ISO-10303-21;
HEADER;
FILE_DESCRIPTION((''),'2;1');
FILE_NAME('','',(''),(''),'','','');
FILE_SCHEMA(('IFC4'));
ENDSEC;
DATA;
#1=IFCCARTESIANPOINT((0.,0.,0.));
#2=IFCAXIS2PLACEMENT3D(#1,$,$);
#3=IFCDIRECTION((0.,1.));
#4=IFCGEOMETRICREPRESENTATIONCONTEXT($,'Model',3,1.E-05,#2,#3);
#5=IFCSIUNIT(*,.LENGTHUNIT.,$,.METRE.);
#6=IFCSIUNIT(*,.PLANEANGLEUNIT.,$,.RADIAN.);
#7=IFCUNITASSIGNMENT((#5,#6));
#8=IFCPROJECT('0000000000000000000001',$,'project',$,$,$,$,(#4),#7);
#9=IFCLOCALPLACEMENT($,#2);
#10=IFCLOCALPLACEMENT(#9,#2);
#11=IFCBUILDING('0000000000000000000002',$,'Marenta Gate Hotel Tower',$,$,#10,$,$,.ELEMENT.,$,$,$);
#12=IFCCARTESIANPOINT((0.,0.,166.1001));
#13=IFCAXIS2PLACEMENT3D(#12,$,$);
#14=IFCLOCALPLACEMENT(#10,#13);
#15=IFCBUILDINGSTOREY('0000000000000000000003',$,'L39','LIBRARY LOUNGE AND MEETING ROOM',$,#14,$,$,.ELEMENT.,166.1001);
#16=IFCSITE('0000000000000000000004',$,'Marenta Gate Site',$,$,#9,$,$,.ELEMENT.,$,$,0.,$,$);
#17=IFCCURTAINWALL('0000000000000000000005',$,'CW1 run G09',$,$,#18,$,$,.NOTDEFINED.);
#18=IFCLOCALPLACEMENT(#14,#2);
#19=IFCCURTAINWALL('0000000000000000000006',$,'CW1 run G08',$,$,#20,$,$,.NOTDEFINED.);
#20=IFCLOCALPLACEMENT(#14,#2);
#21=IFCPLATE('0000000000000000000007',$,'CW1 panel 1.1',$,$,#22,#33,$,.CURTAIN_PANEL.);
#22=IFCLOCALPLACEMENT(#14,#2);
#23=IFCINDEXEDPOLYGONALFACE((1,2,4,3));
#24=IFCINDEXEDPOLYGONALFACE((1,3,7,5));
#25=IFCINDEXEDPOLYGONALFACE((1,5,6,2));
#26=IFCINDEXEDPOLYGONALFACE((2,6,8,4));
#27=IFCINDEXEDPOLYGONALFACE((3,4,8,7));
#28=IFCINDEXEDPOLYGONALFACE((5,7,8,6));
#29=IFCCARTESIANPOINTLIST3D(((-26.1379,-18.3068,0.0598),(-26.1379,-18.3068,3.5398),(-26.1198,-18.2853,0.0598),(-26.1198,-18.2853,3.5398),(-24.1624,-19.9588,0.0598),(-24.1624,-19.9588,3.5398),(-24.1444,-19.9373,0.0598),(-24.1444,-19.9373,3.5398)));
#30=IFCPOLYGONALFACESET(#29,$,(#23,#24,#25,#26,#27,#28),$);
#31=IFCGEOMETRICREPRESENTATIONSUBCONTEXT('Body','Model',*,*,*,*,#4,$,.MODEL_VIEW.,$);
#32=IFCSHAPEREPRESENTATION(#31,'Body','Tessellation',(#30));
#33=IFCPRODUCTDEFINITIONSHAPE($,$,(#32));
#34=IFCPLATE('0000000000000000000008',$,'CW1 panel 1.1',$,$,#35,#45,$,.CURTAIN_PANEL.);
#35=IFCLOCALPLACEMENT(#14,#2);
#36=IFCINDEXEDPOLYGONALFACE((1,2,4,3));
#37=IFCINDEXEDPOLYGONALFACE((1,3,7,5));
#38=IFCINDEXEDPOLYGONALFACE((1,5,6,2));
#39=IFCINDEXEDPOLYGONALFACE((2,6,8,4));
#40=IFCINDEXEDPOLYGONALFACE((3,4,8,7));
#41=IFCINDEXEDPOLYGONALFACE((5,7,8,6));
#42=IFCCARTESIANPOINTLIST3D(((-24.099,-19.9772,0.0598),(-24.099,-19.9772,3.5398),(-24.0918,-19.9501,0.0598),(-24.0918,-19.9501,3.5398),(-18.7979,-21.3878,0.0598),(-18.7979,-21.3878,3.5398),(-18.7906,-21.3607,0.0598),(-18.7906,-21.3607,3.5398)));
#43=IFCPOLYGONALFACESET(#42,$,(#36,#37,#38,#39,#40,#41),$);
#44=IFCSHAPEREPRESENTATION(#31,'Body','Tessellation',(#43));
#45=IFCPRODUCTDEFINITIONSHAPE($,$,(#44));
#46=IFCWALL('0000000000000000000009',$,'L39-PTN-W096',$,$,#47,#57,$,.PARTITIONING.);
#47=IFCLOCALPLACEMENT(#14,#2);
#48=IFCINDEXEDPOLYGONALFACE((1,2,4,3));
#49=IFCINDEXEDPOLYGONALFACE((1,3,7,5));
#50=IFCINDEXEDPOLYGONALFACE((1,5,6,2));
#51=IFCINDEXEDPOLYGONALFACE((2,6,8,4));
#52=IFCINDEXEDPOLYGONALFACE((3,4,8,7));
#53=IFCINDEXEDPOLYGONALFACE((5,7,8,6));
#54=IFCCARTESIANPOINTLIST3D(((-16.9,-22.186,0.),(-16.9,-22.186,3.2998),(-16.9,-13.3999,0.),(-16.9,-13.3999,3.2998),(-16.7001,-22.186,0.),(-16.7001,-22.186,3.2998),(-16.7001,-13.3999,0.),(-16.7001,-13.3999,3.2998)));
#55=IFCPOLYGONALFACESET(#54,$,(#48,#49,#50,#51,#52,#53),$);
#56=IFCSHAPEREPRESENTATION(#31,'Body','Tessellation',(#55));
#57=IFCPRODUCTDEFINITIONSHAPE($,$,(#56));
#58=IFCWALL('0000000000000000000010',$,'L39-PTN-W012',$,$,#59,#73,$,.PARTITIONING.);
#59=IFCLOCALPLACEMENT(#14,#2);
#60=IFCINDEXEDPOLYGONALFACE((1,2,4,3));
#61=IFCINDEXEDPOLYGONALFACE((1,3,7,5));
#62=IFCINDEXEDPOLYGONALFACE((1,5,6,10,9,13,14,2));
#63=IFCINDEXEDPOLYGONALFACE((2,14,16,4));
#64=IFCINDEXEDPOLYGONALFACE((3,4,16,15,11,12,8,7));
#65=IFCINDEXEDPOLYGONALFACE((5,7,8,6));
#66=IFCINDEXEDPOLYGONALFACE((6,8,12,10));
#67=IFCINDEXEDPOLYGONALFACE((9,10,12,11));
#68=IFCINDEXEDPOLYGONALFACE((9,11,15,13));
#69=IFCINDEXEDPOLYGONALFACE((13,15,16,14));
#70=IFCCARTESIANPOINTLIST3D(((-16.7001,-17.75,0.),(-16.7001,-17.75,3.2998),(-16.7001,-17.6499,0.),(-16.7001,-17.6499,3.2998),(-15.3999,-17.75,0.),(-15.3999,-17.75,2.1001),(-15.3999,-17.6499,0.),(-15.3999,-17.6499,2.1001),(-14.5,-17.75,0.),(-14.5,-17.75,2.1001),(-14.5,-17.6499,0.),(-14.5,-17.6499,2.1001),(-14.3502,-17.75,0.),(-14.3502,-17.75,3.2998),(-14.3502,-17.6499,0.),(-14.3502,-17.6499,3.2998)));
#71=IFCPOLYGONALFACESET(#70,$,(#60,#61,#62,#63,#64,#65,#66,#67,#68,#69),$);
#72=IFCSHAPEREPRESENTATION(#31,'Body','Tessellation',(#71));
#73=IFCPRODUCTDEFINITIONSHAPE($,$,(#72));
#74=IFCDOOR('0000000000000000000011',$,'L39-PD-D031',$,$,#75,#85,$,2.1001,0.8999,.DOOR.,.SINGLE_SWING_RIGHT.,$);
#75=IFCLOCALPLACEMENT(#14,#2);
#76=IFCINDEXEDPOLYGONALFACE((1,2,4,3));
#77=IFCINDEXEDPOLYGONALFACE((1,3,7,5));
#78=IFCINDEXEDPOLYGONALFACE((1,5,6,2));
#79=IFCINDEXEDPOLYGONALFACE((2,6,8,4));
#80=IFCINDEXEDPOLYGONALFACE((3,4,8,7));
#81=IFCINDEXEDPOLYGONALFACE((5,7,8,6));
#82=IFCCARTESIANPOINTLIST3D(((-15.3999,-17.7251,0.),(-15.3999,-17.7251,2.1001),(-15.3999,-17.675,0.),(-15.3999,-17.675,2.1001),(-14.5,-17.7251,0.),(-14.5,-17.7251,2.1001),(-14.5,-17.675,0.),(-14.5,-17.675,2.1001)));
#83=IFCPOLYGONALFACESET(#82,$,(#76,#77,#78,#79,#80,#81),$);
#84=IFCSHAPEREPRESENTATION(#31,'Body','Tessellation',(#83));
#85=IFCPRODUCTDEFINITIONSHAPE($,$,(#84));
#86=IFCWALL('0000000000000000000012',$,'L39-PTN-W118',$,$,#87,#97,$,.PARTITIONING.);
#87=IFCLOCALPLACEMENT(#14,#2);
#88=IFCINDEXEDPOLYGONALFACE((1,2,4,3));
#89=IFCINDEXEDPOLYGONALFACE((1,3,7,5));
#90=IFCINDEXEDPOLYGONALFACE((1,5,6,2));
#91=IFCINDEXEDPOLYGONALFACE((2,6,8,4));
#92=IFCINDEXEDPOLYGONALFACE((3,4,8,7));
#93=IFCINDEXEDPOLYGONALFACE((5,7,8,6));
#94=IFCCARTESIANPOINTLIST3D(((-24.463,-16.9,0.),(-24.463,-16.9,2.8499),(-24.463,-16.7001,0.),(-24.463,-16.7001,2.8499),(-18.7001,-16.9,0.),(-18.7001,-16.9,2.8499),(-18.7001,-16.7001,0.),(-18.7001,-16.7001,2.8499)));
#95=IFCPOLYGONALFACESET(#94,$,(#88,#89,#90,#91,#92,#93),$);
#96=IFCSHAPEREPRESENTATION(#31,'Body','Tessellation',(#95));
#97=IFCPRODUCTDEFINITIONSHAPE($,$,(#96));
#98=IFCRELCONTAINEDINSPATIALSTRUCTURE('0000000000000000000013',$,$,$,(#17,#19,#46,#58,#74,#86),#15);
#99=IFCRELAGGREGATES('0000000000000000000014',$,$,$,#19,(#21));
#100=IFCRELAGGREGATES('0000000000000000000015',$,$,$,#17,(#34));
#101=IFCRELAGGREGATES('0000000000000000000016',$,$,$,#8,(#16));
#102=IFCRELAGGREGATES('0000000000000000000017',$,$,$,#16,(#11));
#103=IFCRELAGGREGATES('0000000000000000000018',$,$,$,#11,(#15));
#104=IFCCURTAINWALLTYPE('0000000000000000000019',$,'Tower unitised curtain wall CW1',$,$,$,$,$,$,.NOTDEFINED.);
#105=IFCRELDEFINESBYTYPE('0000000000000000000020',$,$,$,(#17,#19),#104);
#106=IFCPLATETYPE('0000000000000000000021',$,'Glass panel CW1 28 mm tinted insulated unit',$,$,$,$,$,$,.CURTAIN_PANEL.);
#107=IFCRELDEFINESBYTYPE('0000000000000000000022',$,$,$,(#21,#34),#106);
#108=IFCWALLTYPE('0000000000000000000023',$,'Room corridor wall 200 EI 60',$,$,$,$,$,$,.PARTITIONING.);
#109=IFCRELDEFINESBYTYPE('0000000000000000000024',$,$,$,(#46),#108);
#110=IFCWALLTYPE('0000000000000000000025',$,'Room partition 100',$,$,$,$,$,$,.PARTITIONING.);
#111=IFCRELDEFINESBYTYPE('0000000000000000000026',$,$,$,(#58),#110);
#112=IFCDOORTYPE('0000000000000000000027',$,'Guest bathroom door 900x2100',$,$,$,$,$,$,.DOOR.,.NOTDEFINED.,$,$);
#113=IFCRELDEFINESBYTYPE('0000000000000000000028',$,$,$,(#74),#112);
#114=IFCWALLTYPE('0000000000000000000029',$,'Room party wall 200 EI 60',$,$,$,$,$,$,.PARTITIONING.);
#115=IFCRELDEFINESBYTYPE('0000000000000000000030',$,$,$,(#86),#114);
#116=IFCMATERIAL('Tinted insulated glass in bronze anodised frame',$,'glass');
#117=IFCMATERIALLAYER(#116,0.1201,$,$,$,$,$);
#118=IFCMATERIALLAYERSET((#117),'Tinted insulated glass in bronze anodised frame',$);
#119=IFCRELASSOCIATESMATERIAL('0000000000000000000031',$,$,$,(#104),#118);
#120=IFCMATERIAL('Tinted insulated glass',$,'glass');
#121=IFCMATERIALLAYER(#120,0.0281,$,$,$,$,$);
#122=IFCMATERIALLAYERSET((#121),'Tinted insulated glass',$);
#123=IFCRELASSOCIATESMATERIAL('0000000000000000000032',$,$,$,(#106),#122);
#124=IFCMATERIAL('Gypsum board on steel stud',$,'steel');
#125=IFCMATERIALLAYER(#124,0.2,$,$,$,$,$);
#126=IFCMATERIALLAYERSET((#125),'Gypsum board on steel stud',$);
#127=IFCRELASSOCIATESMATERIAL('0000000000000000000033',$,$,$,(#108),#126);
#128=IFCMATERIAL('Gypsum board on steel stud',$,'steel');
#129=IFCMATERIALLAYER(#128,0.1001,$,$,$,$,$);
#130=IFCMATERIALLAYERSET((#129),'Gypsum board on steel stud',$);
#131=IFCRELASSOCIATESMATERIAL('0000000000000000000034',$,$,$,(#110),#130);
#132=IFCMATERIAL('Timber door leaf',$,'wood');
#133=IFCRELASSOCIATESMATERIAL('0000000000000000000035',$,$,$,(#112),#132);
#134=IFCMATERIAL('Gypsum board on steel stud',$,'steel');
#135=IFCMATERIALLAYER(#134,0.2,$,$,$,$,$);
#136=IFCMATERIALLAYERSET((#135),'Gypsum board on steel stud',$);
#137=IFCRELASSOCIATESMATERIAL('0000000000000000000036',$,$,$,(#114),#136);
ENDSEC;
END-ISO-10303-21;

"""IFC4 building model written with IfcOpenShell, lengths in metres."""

from ifc_helpers import new_model, si_unit, direction, frame, frame_2d, origin, origin_2d, place, context, subcontext, project, spatial, rectangle, extrude, material, layer, layer_set, type_object, element, fill, aggregate, save


model = new_model("IFC4")

# Units and contexts
model_context = context("Model", 3, precision=1e-05, world=origin(), true_north=direction((0.0, 1.0)))
body_context = subcontext(model_context, "Body", "Model", "MODEL_VIEW")
ifc_project = project(units=[si_unit("LENGTHUNIT", "METRE"), si_unit("PLANEANGLEUNIT", "RADIAN")], contexts=[model_context])

# Site, building, storey
site_placement = place(None, origin())
site = spatial("IfcSite", under=ifc_project, at=site_placement, Name="Marenta Gate Site", CompositionType="ELEMENT", RefElevation=0.0)
building_placement = place(site_placement, origin())
building = spatial("IfcBuilding", under=site, at=building_placement, Name="Marenta Gate Hotel Tower", CompositionType="ELEMENT")
storey_placement = place(building_placement, frame((0.0, 0.0, 166.1001)))
storey = spatial("IfcBuildingStorey", under=building, at=storey_placement, Name="L39", Description="LIBRARY LOUNGE AND MEETING ROOM", CompositionType="ELEMENT", Elevation=166.1001)

# Curtain wall
ifc_material_1 = material(Name="Tinted insulated glass in bronze anodised frame", Category="glass")
ifc_layer_1 = layer(ifc_material_1, 0.1201)
ifc_layer_set_1 = layer_set([ifc_layer_1], Name="Tinted insulated glass in bronze anodised frame")
curtain_wall_type = type_object("IfcCurtainWallType", Name="Tower unitised curtain wall CW1", PredefinedType="NOTDEFINED", material=ifc_layer_set_1)
curtain_wall_1_placement = place(storey_placement, origin())
curtain_wall_1 = element("IfcCurtainWall", 1, at=curtain_wall_1_placement, inside=storey, type_object=curtain_wall_type, Name="CW1 run G09", PredefinedType="NOTDEFINED")

# Curtain wall, plate
curtain_wall_2_placement = place(storey_placement, origin())
curtain_wall_2 = element("IfcCurtainWall", 2, at=curtain_wall_2_placement, inside=storey, type_object=curtain_wall_type, Name="CW1 run G08", PredefinedType="NOTDEFINED")
ifc_material_2 = material(Name="Tinted insulated glass", Category="glass")
ifc_layer_2 = layer(ifc_material_2, 0.0281)
ifc_layer_set_2 = layer_set([ifc_layer_2], Name="Tinted insulated glass")
plate_type = type_object("IfcPlateType", Name="Glass panel CW1 28 mm tinted insulated unit", PredefinedType="CURTAIN_PANEL", material=ifc_layer_set_2)
plate_1_placement = place(storey_placement, frame((-25.1411, -19.1221, 0.0598), z_axis=(0.0, 0.0, 1.0), x_axis=(0.767113, -0.641512, 0.0)))
plate_1 = element("IfcPlate", 3, at=plate_1_placement, type_object=plate_type, Name="CW1 panel 1.1", PredefinedType="CURTAIN_PANEL", context=body_context, shape_type="SweptSolid", body=[
    extrude(rectangle(XDim=2.5752, YDim=0.0281, at=origin_2d()), origin(), (0.0, 0.0, 1.0), 3.48),
])
aggregate(curtain_wall_2, [plate_1])

# Plate
plate_2_placement = place(storey_placement, frame((-21.4448, -20.6689, 0.0598), z_axis=(0.0, 0.0, 1.0), x_axis=(0.966373, -0.257144, 0.0)))
plate_2 = element("IfcPlate", 4, at=plate_2_placement, type_object=plate_type, Name="CW1 panel 1.1", PredefinedType="CURTAIN_PANEL", context=body_context, shape_type="SweptSolid", body=[
    extrude(rectangle(XDim=5.4856, YDim=0.0281, at=origin_2d()), origin(), (0.0, 0.0, 1.0), 3.48),
])
aggregate(curtain_wall_1, [plate_2])

# Wall
ifc_material_3 = material(Name="Gypsum board on steel stud", Category="steel")
ifc_layer_3 = layer(ifc_material_3, 0.2)
ifc_layer_set_3 = layer_set([ifc_layer_3], Name="Gypsum board on steel stud")
wall_type_1 = type_object("IfcWallType", Name="Room corridor wall 200 EI 60", PredefinedType="PARTITIONING", material=ifc_layer_set_3)
wall_1_placement = place(storey_placement, frame((-16.8, -22.186, 0.0), z_axis=(0.0, 0.0, 1.0), x_axis=(0.0, 1.0, 0.0)))
element("IfcWall", 5, at=wall_1_placement, inside=storey, type_object=wall_type_1, Name="L39-PTN-W096", PredefinedType="PARTITIONING", context=body_context, shape_type="SweptSolid", body=[
    extrude(rectangle(XDim=8.7861, YDim=0.2, at=frame_2d((4.3931, 0.0))), origin(), (0.0, 0.0, 1.0), 3.2998),
])

# Wall, opening, door
ifc_material_4 = material(Name="Gypsum board on steel stud", Category="steel")
ifc_layer_4 = layer(ifc_material_4, 0.1001)
ifc_layer_set_4 = layer_set([ifc_layer_4], Name="Gypsum board on steel stud")
wall_type_2 = type_object("IfcWallType", Name="Room partition 100", PredefinedType="PARTITIONING", material=ifc_layer_set_4)
wall_2_placement = place(storey_placement, frame((-16.7, -17.7, 0.0), z_axis=(0.0, 0.0, 1.0), x_axis=(1.0, 0.0, 0.0)))
wall_2 = element("IfcWall", 6, at=wall_2_placement, inside=storey, type_object=wall_type_2, Name="L39-PTN-W012", PredefinedType="PARTITIONING", context=body_context, shape_type="SweptSolid", body=[
    extrude(rectangle(XDim=2.3499, YDim=0.1001, at=frame_2d((1.1748, 0.0))), origin(), (0.0, 0.0, 1.0), 3.2998),
])
opening_1_placement = place(wall_2_placement, frame((1.3, 0.0, 0.0)))
opening_1 = element("IfcOpeningElement", 7, at=opening_1_placement, cuts=wall_2, PredefinedType="OPENING", context=body_context, shape_type="SweptSolid", body=[
    extrude(rectangle(XDim=0.8999, YDim=2.1001, at=frame_2d((0.45, 1.05))), frame((0.0, 0.05, 0.0), z_axis=(0.0, -1.0, 0.0), x_axis=(1.0, 0.0, 0.0)), (0.0, 0.0, 1.0), 0.1001),
])
ifc_material_5 = material(Name="Timber door leaf", Category="wood")
door_type_1 = type_object("IfcDoorType", Name="Guest bathroom door 900x2100", OperationType="NOTDEFINED", PredefinedType="DOOR", material=ifc_material_5)
door_1_placement = place(opening_1_placement, origin())
door_1 = element("IfcDoor", 8, at=door_1_placement, inside=storey, type_object=door_type_1, Name="L39-PD-D031", OperationType="SINGLE_SWING_RIGHT", OverallHeight=2.1001, OverallWidth=0.8999, PredefinedType="DOOR", context=body_context, shape_type="SweptSolid", body=[
    extrude(rectangle(XDim=0.8999, YDim=2.1001, at=frame_2d((0.45, 1.05))), frame((0.0, 0.0249, 0.0), z_axis=(0.0, -1.0, 0.0), x_axis=(1.0, 0.0, 0.0)), (0.0, 0.0, 1.0), 0.05),
])
fill(opening_1, door_1)

# Wall
ifc_material_6 = material(Name="Gypsum board on steel stud", Category="steel")
ifc_layer_5 = layer(ifc_material_6, 0.2)
ifc_layer_set_5 = layer_set([ifc_layer_5], Name="Gypsum board on steel stud")
wall_type_3 = type_object("IfcWallType", Name="Room party wall 200 EI 60", PredefinedType="PARTITIONING", material=ifc_layer_set_5)
wall_3_placement = place(storey_placement, frame((-24.4629, -16.8, 0.0), z_axis=(0.0, 0.0, 1.0), x_axis=(1.0, 0.0, 0.0)))
element("IfcWall", 9, at=wall_3_placement, inside=storey, type_object=wall_type_3, Name="L39-PTN-W118", PredefinedType="PARTITIONING", context=body_context, shape_type="SweptSolid", body=[
    extrude(rectangle(XDim=5.7629, YDim=0.2, at=frame_2d((2.8813, 0.0))), origin(), (0.0, 0.0, 1.0), 2.8499),
])

save(model, "model.ifc")
